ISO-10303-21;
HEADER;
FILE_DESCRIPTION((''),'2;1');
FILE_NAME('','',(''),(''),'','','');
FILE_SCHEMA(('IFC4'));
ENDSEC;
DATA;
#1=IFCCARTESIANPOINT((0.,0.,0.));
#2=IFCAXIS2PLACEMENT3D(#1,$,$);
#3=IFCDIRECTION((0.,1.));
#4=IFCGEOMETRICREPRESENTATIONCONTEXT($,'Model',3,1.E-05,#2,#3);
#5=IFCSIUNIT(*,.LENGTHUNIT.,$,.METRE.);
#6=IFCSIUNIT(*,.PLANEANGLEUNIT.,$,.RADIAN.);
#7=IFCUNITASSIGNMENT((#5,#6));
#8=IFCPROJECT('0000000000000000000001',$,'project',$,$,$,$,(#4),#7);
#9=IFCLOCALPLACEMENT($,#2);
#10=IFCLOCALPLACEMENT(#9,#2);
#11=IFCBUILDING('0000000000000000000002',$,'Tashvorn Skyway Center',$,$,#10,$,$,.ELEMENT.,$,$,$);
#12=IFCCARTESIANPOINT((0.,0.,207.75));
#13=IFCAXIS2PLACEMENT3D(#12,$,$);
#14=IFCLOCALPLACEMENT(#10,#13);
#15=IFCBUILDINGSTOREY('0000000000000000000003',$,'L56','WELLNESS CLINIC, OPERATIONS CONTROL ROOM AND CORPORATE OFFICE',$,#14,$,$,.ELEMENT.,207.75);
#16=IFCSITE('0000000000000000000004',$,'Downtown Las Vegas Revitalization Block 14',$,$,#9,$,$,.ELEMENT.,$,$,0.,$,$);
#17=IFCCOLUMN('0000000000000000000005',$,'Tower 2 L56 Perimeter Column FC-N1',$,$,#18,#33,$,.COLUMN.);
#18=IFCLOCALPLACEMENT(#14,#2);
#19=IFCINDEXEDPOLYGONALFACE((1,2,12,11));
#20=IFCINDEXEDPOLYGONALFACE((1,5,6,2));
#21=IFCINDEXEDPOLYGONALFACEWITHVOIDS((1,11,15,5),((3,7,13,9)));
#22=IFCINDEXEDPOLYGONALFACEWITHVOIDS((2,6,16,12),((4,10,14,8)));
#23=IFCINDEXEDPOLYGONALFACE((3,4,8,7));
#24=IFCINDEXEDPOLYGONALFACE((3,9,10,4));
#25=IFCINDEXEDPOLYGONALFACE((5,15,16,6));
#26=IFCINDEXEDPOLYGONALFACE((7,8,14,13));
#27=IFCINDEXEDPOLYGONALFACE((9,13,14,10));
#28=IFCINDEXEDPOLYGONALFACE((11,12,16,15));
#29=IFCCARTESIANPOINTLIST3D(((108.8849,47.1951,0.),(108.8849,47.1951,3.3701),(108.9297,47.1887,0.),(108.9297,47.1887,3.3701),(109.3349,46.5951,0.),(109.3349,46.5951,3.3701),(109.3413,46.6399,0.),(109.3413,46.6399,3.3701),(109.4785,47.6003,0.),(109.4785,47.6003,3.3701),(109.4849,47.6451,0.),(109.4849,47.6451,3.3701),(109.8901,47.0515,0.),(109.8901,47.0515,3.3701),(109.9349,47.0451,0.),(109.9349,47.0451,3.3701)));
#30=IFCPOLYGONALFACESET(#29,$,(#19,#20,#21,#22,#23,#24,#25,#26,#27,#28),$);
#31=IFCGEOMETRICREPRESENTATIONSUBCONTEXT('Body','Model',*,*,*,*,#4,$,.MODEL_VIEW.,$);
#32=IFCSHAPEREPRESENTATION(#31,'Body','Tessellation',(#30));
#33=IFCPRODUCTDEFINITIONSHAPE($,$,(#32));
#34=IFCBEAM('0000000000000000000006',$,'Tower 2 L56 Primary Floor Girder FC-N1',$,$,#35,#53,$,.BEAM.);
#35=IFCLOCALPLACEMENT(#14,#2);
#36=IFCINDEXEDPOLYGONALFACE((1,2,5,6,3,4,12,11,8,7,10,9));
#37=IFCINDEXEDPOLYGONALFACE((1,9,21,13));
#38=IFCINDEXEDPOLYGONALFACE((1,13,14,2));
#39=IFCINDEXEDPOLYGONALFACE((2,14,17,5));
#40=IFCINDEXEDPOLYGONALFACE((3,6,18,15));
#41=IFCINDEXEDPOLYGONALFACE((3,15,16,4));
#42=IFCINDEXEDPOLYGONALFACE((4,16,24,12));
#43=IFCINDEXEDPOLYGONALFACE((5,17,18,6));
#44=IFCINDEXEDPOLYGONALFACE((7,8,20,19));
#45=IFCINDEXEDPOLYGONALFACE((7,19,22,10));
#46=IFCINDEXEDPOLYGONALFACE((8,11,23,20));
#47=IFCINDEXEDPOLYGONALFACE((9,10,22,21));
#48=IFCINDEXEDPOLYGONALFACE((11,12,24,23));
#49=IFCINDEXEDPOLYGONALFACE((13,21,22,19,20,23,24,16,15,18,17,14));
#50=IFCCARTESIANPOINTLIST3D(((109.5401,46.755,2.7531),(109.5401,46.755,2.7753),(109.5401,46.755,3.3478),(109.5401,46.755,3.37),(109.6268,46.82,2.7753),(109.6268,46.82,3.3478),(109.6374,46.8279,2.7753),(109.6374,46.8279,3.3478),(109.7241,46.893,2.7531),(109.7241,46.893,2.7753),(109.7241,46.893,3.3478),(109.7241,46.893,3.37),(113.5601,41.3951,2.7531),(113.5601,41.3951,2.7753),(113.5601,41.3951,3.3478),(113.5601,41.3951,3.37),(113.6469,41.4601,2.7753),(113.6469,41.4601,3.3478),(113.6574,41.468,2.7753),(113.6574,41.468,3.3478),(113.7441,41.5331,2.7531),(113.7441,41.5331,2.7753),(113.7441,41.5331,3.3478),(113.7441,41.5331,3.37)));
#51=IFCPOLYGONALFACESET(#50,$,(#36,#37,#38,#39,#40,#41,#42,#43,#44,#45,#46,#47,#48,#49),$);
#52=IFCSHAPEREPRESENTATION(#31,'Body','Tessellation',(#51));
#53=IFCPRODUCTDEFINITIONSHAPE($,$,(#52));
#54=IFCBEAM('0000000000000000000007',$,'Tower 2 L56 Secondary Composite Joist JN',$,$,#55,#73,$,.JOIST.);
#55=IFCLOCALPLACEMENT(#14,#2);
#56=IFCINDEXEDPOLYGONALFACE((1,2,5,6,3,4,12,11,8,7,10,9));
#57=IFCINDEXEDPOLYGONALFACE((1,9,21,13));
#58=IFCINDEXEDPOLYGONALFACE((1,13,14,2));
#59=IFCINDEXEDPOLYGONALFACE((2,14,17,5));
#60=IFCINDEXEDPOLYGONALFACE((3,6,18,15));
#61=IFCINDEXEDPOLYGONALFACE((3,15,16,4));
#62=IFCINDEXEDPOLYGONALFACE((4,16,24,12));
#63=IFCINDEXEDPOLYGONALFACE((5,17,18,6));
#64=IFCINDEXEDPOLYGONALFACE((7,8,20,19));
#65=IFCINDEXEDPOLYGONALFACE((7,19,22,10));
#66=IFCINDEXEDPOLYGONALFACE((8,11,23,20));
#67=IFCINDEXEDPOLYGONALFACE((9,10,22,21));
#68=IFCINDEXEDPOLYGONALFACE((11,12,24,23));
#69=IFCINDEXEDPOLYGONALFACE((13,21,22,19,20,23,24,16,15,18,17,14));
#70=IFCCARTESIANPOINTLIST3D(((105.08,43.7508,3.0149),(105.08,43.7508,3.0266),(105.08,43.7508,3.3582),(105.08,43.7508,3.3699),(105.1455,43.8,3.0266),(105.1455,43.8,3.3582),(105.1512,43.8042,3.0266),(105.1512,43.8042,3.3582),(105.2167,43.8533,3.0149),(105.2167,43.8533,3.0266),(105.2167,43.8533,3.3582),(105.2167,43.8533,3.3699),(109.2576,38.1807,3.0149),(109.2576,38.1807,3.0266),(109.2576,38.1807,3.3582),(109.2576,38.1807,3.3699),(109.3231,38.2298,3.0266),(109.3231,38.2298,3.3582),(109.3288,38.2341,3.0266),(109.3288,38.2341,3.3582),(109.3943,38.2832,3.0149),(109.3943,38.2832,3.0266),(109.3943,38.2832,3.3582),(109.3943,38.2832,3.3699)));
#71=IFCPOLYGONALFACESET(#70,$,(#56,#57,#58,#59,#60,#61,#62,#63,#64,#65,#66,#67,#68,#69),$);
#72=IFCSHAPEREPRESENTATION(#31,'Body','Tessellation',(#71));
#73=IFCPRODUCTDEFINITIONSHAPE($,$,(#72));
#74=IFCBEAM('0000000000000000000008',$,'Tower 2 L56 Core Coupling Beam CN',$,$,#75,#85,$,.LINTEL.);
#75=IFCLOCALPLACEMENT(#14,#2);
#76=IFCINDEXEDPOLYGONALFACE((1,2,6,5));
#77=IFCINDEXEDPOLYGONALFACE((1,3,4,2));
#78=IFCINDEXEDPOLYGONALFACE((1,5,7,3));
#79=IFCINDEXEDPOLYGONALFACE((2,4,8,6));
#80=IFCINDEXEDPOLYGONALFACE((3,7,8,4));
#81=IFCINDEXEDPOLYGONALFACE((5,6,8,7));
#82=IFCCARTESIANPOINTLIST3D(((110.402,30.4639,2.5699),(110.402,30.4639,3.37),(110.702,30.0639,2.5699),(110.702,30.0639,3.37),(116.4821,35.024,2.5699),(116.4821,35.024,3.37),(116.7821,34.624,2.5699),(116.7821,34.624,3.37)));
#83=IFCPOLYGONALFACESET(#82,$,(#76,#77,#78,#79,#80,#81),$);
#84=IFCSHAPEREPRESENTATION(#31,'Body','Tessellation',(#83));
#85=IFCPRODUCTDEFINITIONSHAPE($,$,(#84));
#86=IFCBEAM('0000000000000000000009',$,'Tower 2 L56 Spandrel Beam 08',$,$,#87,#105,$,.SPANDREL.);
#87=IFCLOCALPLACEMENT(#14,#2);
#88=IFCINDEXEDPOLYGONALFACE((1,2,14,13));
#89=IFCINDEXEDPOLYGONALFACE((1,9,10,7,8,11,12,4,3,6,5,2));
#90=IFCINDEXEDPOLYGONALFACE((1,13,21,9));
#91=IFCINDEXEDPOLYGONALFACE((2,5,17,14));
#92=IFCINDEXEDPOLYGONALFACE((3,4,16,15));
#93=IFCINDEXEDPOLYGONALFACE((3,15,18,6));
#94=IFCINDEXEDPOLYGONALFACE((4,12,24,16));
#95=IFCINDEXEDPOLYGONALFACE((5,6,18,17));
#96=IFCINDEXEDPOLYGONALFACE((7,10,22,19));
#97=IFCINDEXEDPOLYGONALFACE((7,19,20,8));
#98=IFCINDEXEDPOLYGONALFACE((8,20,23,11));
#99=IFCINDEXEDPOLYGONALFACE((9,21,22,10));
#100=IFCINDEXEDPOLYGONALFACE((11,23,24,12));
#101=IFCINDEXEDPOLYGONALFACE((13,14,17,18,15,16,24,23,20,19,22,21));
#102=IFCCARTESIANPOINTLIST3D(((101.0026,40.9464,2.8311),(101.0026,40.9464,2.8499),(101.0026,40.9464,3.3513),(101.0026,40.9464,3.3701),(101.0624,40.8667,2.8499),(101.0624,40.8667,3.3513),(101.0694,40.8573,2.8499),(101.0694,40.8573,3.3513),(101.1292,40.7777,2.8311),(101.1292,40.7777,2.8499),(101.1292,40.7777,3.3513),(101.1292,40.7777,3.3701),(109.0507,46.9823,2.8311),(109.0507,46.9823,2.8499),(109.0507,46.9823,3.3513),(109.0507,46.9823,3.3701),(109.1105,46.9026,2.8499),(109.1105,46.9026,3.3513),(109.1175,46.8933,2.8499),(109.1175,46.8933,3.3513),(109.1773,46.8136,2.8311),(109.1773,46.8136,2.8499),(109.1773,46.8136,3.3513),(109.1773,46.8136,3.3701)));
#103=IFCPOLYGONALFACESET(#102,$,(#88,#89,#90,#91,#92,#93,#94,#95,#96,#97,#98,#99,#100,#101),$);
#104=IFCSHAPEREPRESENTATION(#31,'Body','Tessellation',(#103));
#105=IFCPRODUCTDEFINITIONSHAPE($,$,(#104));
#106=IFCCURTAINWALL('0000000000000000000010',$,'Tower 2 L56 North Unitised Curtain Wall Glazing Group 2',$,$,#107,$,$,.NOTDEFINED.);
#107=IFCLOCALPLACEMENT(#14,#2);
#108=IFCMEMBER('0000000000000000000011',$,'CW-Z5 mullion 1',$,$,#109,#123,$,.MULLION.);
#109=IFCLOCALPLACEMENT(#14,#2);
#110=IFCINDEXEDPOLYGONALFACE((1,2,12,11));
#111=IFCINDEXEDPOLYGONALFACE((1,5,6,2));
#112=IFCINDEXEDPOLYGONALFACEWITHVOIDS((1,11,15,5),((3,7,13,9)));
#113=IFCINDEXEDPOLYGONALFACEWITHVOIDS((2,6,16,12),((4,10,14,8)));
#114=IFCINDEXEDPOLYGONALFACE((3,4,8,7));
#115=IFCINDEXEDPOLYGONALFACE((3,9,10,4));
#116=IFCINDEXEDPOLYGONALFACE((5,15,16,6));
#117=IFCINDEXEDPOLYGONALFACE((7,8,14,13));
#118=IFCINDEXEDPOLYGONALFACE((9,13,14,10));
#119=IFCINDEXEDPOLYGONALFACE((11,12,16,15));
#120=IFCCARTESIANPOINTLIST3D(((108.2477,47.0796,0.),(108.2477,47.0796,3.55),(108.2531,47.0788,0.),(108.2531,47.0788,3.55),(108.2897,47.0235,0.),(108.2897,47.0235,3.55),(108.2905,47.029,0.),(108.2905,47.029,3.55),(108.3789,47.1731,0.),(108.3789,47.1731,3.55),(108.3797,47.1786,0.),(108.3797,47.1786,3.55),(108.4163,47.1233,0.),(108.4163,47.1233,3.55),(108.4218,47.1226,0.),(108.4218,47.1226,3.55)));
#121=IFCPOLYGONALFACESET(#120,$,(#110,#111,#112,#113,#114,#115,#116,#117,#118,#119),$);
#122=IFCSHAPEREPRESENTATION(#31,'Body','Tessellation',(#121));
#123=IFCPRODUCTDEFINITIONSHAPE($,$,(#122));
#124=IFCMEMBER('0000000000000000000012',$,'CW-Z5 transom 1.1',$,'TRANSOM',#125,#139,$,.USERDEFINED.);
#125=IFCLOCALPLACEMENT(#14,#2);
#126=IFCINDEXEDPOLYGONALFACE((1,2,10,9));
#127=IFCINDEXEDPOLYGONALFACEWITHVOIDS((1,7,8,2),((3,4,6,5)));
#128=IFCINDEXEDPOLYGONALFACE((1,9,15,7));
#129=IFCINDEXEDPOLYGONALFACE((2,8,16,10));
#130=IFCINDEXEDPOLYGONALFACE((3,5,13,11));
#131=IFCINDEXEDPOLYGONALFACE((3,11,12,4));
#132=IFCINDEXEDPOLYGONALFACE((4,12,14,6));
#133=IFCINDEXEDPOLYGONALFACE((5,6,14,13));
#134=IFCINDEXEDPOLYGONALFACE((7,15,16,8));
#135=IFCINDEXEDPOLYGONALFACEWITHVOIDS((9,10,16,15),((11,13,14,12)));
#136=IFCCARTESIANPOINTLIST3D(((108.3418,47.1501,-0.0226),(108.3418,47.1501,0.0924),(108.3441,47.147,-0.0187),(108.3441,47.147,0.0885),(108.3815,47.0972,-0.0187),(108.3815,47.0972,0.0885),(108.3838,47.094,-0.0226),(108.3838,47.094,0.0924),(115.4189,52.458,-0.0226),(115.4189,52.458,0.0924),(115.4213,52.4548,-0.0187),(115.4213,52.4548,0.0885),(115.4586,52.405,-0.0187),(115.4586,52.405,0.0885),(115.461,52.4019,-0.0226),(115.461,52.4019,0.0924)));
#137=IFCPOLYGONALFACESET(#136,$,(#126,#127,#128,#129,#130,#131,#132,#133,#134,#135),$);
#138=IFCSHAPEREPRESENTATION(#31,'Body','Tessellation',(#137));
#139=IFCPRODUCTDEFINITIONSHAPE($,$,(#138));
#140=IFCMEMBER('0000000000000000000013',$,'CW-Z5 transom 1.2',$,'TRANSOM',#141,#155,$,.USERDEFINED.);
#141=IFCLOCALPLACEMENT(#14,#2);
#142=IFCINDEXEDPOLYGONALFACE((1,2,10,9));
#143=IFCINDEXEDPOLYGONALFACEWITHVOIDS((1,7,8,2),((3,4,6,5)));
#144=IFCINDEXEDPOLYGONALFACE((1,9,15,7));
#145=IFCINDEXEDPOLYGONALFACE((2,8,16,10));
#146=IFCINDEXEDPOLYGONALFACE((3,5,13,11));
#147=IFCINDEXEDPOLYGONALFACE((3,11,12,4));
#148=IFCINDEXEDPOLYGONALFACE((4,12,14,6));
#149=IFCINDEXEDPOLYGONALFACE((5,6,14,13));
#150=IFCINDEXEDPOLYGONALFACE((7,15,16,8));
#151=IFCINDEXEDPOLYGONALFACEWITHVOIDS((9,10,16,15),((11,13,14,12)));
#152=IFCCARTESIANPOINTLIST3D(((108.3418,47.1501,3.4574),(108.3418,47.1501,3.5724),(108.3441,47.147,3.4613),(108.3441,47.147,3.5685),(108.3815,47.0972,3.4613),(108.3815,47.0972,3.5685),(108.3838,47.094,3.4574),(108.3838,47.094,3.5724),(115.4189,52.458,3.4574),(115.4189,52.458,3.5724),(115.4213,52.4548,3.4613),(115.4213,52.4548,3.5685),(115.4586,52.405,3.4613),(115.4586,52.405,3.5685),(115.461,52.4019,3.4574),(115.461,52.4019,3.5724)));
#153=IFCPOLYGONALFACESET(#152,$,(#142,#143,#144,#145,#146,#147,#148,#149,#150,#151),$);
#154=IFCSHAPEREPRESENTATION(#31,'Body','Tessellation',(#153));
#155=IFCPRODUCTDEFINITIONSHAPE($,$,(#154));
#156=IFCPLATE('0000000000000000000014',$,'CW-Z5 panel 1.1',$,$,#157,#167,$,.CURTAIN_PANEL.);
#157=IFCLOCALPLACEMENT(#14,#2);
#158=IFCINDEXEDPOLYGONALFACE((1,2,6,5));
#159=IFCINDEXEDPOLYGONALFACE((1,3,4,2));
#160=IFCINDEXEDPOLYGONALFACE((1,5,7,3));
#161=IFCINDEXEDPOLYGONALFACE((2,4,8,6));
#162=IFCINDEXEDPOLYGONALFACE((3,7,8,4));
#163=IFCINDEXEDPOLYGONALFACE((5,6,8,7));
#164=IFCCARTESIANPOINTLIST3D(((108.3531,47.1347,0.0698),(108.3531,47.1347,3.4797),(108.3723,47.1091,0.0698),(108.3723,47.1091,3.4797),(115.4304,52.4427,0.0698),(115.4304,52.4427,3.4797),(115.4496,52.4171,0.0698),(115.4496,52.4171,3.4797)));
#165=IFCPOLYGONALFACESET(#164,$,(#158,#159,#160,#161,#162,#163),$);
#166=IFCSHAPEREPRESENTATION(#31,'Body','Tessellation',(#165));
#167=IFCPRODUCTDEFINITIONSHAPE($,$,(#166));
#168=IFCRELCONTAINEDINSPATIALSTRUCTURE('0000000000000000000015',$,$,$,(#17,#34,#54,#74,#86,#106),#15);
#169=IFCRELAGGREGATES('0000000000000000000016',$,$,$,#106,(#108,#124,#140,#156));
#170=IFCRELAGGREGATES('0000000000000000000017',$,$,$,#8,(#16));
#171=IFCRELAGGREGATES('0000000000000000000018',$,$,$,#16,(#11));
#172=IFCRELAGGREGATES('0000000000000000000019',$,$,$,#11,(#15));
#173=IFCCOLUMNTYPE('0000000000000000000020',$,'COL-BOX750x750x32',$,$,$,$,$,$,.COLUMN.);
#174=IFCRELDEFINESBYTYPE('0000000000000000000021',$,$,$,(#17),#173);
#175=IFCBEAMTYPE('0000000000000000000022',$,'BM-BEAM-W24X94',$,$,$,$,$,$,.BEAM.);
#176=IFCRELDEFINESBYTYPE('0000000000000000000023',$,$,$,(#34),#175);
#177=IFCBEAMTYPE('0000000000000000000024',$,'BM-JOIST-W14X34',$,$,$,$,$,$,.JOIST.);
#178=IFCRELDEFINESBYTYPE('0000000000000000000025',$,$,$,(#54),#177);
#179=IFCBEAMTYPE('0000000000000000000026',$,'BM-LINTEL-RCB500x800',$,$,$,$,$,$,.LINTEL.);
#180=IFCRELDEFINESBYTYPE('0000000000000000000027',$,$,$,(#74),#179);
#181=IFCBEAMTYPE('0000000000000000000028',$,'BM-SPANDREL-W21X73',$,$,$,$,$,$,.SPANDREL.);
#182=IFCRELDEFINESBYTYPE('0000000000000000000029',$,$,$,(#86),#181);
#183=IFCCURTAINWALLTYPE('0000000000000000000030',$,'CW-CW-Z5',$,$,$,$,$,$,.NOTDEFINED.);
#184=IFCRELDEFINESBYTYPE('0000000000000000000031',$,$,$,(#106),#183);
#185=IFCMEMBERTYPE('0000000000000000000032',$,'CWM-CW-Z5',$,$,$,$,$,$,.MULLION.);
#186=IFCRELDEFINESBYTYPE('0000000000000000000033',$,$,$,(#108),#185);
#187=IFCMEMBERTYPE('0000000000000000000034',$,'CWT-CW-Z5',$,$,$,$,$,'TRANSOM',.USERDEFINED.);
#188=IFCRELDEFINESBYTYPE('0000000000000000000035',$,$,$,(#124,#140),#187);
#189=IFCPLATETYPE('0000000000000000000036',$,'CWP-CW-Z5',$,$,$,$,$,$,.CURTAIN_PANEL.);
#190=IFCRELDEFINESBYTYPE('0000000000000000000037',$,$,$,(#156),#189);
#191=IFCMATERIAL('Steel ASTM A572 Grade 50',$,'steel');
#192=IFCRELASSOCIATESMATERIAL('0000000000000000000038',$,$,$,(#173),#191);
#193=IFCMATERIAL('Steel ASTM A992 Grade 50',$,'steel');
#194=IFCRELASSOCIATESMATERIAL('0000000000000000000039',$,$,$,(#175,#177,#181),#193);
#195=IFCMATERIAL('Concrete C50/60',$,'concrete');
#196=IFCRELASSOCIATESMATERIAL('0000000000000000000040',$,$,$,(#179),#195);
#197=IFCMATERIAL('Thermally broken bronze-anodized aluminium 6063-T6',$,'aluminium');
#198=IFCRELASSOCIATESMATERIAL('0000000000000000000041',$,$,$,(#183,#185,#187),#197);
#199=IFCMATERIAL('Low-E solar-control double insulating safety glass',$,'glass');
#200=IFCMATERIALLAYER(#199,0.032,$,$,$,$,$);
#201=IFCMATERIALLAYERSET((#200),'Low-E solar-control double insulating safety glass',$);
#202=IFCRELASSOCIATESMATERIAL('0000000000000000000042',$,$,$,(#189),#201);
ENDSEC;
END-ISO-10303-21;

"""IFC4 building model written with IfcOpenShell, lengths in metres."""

from ifc_helpers import new_model, si_unit, direction, frame, origin, origin_2d, place, context, subcontext, project, spatial, rectangle, hollow_rectangle, i_section, extrude, material, layer, layer_set, material_profile, profile_set, type_object, element, aggregate, save


model = new_model("IFC4")

# Units and contexts
model_context = context("Model", 3, precision=1e-05, world=origin(), true_north=direction((0.0, 1.0)))
body_context = subcontext(model_context, "Body", "Model", "MODEL_VIEW")
ifc_project = project(units=[si_unit("LENGTHUNIT", "METRE"), si_unit("PLANEANGLEUNIT", "RADIAN")], contexts=[model_context])

# Site, building, storey
site_placement = place(None, origin())
site = spatial("IfcSite", under=ifc_project, at=site_placement, Name="Downtown Las Vegas Revitalization Block 14", CompositionType="ELEMENT", RefElevation=0.0)
building_placement = place(site_placement, origin())
building = spatial("IfcBuilding", under=site, at=building_placement, Name="Tashvorn Skyway Center", CompositionType="ELEMENT")
storey_placement = place(building_placement, frame((0.0, 0.0, 207.75)))
storey = spatial("IfcBuildingStorey", under=building, at=storey_placement, Name="L56", Description="WELLNESS CLINIC, OPERATIONS CONTROL ROOM AND CORPORATE OFFICE", CompositionType="ELEMENT", Elevation=207.75)

# Column
ifc_material_1 = material(Name="Steel ASTM A572 Grade 50", Category="steel")
ifc_material_profile_1 = material_profile(ifc_material_1, hollow_rectangle(XDim=0.75, YDim=0.75, WallThickness=0.032, at=origin_2d()), Name="BOX750x750x32")
ifc_profile_set_1 = profile_set([ifc_material_profile_1], Name="Steel ASTM A572 Grade 50")
column_type = type_object("IfcColumnType", Name="COL-BOX750x750x32", PredefinedType="COLUMN", material=ifc_profile_set_1)
column_placement = place(storey_placement, frame((109.4099, 47.1201, 0.0), z_axis=(0.0, 0.0, 1.0), x_axis=(0.8, 0.6, 0.0)))
element("IfcColumn", 1, at=column_placement, inside=storey, type_object=column_type, Name="Tower 2 L56 Perimeter Column FC-N1", PredefinedType="COLUMN", context=body_context, shape_type="SweptSolid", body=[
    extrude(hollow_rectangle(XDim=0.75, YDim=0.75, WallThickness=0.032, at=origin_2d()), origin(), (0.0, 0.0, 1.0), 3.3701),
])

# Beams
ifc_material_2 = material(Name="Steel ASTM A992 Grade 50", Category="steel")
ifc_material_profile_2 = material_profile(ifc_material_2, i_section(OverallWidth=0.23, OverallDepth=0.6169, WebThickness=0.0132, FlangeThickness=0.0222, at=origin_2d()), Name="W24X94")
ifc_profile_set_2 = profile_set([ifc_material_profile_2], Name="Steel ASTM A992 Grade 50")
beam_type_1 = type_object("IfcBeamType", Name="BM-BEAM-W24X94", PredefinedType="BEAM", material=ifc_profile_set_2)
beam_1_placement = place(storey_placement, frame((109.6321, 46.824, 3.0615), z_axis=(0.600012, -0.799991, 0.0), x_axis=(0.799991, 0.600012, 0.0)))
element("IfcBeam", 2, at=beam_1_placement, inside=storey, type_object=beam_type_1, Name="Tower 2 L56 Primary Floor Girder FC-N1", PredefinedType="BEAM", context=body_context, shape_type="SweptSolid", body=[
    extrude(i_section(OverallWidth=0.23, OverallDepth=0.6169, WebThickness=0.0132, FlangeThickness=0.0222, at=origin_2d()), origin(), (0.0, 0.0, 1.0), 6.7),
])
ifc_material_profile_3 = material_profile(ifc_material_2, i_section(OverallWidth=0.1709, OverallDepth=0.355, WebThickness=0.0071, FlangeThickness=0.0117, at=origin_2d()), Name="W14X34")
ifc_profile_set_3 = profile_set([ifc_material_profile_3], Name="Steel ASTM A992 Grade 50")
beam_type_2 = type_object("IfcBeamType", Name="BM-JOIST-W14X34", PredefinedType="JOIST", material=ifc_profile_set_3)
beam_2_placement = place(storey_placement, frame((109.3259, 38.2319, 3.1924), z_axis=(-0.599994, 0.800004, 0.0), x_axis=(-0.800004, -0.599994, 0.0)))
element("IfcBeam", 3, at=beam_2_placement, inside=storey, type_object=beam_type_2, Name="Tower 2 L56 Secondary Composite Joist JN", PredefinedType="JOIST", context=body_context, shape_type="SweptSolid", body=[
    extrude(i_section(OverallWidth=0.1709, OverallDepth=0.355, WebThickness=0.0071, FlangeThickness=0.0117, at=origin_2d()), origin(), (0.0, 0.0, 1.0), 6.9626),
])
ifc_material_3 = material(Name="Concrete C50/60", Category="concrete")
ifc_material_profile_4 = material_profile(ifc_material_3, rectangle(XDim=0.5, YDim=0.8, at=origin_2d()), Name="RCB500x800")
ifc_profile_set_4 = profile_set([ifc_material_profile_4], Name="Concrete C50/60")
beam_type_3 = type_object("IfcBeamType", Name="BM-LINTEL-RCB500x800", PredefinedType="LINTEL", material=ifc_profile_set_4)
beam_3_placement = place(storey_placement, frame((110.552, 30.2639, 2.97), z_axis=(0.8, 0.6, 0.0), x_axis=(-0.6, 0.8, 0.0)))
element("IfcBeam", 4, at=beam_3_placement, inside=storey, type_object=beam_type_3, Name="Tower 2 L56 Core Coupling Beam CN", PredefinedType="LINTEL", context=body_context, shape_type="SweptSolid", body=[
    extrude(rectangle(XDim=0.5, YDim=0.8, at=origin_2d()), origin(), (0.0, 0.0, 1.0), 7.6001),
])
ifc_material_profile_5 = material_profile(ifc_material_2, i_section(OverallWidth=0.2109, OverallDepth=0.5391, WebThickness=0.0117, FlangeThickness=0.0188, at=origin_2d()), Name="W21X73")
ifc_profile_set_5 = profile_set([ifc_material_profile_5], Name="Steel ASTM A992 Grade 50")
beam_type_4 = type_object("IfcBeamType", Name="BM-SPANDREL-W21X73", PredefinedType="SPANDREL", material=ifc_profile_set_5)
beam_4_placement = place(storey_placement, frame((109.114, 46.8979, 3.1006), z_axis=(-0.800009, -0.599988, 0.0), x_axis=(0.599988, -0.800009, 0.0)))
element("IfcBeam", 5, at=beam_4_placement, inside=storey, type_object=beam_type_4, Name="Tower 2 L56 Spandrel Beam 08", PredefinedType="SPANDREL", context=body_context, shape_type="SweptSolid", body=[
    extrude(i_section(OverallWidth=0.2109, OverallDepth=0.5391, WebThickness=0.0117, FlangeThickness=0.0188, at=origin_2d()), origin(), (0.0, 0.0, 1.0), 10.0601),
])

# Curtain wall, members, plate
ifc_material_4 = material(Name="Thermally broken bronze-anodized aluminium 6063-T6", Category="aluminium")
curtain_wall_type = type_object("IfcCurtainWallType", Name="CW-CW-Z5", PredefinedType="NOTDEFINED", material=ifc_material_4)
curtain_wall_placement = place(storey_placement, origin())
curtain_wall = element("IfcCurtainWall", 6, at=curtain_wall_placement, inside=storey, type_object=curtain_wall_type, Name="Tower 2 L56 North Unitised Curtain Wall Glazing Group 2", PredefinedType="NOTDEFINED")
ifc_material_profile_6 = material_profile(ifc_material_4, hollow_rectangle(XDim=0.0701, YDim=0.165, WallThickness=0.0039, at=origin_2d()), Name="ALU-MULL-70x165")
ifc_profile_set_6 = profile_set([ifc_material_profile_6], Name="Thermally broken bronze-anodized aluminium 6063-T6")
member_type_1 = type_object("IfcMemberType", Name="CWM-CW-Z5", PredefinedType="MULLION", material=ifc_profile_set_6)
member_1_placement = place(storey_placement, frame((108.3347, 47.1011, 0.0), z_axis=(0.0, 0.0, 1.0), x_axis=(-0.600002, 0.799999, 0.0)))
member_1 = element("IfcMember", 7, at=member_1_placement, type_object=member_type_1, Name="CW-Z5 mullion 1", PredefinedType="MULLION", context=body_context, shape_type="SweptSolid", body=[
    extrude(hollow_rectangle(XDim=0.0701, YDim=0.165, WallThickness=0.0039, at=origin_2d()), origin(), (0.0, 0.0, 1.0), 3.55),
])
ifc_material_profile_7 = material_profile(ifc_material_4, hollow_rectangle(XDim=0.0701, YDim=0.115, WallThickness=0.0039, at=origin_2d()), Name="ALU-TRAN-70x115")
ifc_profile_set_7 = profile_set([ifc_material_profile_7], Name="Thermally broken bronze-anodized aluminium 6063-T6")
member_type_2 = type_object("IfcMemberType", Name="CWT-CW-Z5", ElementType="TRANSOM", PredefinedType="USERDEFINED", material=ifc_profile_set_7)
member_2_placement = place(storey_placement, frame((108.3628, 47.1221, 0.0349), z_axis=(0.8, 0.6, 0.0), x_axis=(-0.6, 0.8, 0.0)))
member_2 = element("IfcMember", 8, at=member_2_placement, type_object=member_type_2, Name="CW-Z5 transom 1.1", ObjectType="TRANSOM", PredefinedType="USERDEFINED", context=body_context, shape_type="SweptSolid", body=[
    extrude(hollow_rectangle(XDim=0.0701, YDim=0.115, WallThickness=0.0039, at=origin_2d()), origin(), (0.0, 0.0, 1.0), 8.8464),
])
member_3_placement = place(storey_placement, frame((108.3628, 47.1221, 3.5149), z_axis=(0.8, 0.6, 0.0), x_axis=(-0.6, 0.8, 0.0)))
member_3 = element("IfcMember", 9, at=member_3_placement, type_object=member_type_2, Name="CW-Z5 transom 1.2", ObjectType="TRANSOM", PredefinedType="USERDEFINED", context=body_context, shape_type="SweptSolid", body=[
    extrude(hollow_rectangle(XDim=0.0701, YDim=0.115, WallThickness=0.0039, at=origin_2d()), origin(), (0.0, 0.0, 1.0), 8.8464),
])
ifc_material_5 = material(Name="Low-E solar-control double insulating safety glass", Category="glass")
ifc_layer_1 = layer(ifc_material_5, 0.032)
ifc_layer_set_1 = layer_set([ifc_layer_1], Name="Low-E solar-control double insulating safety glass")
plate_type = type_object("IfcPlateType", Name="CWP-CW-Z5", PredefinedType="CURTAIN_PANEL", material=ifc_layer_set_1)
plate_placement = place(storey_placement, frame((111.9014, 49.7759, 0.0698), z_axis=(0.0, 0.0, 1.0), x_axis=(0.799999, 0.600002, 0.0)))
plate = element("IfcPlate", 10, at=plate_placement, type_object=plate_type, Name="CW-Z5 panel 1.1", PredefinedType="CURTAIN_PANEL", context=body_context, shape_type="SweptSolid", body=[
    extrude(rectangle(XDim=8.8467, YDim=0.032, at=origin_2d()), origin(), (0.0, 0.0, 1.0), 3.4099),
])
aggregate(curtain_wall, [member_1, member_2, member_3, plate])

save(model, "model.ifc")
